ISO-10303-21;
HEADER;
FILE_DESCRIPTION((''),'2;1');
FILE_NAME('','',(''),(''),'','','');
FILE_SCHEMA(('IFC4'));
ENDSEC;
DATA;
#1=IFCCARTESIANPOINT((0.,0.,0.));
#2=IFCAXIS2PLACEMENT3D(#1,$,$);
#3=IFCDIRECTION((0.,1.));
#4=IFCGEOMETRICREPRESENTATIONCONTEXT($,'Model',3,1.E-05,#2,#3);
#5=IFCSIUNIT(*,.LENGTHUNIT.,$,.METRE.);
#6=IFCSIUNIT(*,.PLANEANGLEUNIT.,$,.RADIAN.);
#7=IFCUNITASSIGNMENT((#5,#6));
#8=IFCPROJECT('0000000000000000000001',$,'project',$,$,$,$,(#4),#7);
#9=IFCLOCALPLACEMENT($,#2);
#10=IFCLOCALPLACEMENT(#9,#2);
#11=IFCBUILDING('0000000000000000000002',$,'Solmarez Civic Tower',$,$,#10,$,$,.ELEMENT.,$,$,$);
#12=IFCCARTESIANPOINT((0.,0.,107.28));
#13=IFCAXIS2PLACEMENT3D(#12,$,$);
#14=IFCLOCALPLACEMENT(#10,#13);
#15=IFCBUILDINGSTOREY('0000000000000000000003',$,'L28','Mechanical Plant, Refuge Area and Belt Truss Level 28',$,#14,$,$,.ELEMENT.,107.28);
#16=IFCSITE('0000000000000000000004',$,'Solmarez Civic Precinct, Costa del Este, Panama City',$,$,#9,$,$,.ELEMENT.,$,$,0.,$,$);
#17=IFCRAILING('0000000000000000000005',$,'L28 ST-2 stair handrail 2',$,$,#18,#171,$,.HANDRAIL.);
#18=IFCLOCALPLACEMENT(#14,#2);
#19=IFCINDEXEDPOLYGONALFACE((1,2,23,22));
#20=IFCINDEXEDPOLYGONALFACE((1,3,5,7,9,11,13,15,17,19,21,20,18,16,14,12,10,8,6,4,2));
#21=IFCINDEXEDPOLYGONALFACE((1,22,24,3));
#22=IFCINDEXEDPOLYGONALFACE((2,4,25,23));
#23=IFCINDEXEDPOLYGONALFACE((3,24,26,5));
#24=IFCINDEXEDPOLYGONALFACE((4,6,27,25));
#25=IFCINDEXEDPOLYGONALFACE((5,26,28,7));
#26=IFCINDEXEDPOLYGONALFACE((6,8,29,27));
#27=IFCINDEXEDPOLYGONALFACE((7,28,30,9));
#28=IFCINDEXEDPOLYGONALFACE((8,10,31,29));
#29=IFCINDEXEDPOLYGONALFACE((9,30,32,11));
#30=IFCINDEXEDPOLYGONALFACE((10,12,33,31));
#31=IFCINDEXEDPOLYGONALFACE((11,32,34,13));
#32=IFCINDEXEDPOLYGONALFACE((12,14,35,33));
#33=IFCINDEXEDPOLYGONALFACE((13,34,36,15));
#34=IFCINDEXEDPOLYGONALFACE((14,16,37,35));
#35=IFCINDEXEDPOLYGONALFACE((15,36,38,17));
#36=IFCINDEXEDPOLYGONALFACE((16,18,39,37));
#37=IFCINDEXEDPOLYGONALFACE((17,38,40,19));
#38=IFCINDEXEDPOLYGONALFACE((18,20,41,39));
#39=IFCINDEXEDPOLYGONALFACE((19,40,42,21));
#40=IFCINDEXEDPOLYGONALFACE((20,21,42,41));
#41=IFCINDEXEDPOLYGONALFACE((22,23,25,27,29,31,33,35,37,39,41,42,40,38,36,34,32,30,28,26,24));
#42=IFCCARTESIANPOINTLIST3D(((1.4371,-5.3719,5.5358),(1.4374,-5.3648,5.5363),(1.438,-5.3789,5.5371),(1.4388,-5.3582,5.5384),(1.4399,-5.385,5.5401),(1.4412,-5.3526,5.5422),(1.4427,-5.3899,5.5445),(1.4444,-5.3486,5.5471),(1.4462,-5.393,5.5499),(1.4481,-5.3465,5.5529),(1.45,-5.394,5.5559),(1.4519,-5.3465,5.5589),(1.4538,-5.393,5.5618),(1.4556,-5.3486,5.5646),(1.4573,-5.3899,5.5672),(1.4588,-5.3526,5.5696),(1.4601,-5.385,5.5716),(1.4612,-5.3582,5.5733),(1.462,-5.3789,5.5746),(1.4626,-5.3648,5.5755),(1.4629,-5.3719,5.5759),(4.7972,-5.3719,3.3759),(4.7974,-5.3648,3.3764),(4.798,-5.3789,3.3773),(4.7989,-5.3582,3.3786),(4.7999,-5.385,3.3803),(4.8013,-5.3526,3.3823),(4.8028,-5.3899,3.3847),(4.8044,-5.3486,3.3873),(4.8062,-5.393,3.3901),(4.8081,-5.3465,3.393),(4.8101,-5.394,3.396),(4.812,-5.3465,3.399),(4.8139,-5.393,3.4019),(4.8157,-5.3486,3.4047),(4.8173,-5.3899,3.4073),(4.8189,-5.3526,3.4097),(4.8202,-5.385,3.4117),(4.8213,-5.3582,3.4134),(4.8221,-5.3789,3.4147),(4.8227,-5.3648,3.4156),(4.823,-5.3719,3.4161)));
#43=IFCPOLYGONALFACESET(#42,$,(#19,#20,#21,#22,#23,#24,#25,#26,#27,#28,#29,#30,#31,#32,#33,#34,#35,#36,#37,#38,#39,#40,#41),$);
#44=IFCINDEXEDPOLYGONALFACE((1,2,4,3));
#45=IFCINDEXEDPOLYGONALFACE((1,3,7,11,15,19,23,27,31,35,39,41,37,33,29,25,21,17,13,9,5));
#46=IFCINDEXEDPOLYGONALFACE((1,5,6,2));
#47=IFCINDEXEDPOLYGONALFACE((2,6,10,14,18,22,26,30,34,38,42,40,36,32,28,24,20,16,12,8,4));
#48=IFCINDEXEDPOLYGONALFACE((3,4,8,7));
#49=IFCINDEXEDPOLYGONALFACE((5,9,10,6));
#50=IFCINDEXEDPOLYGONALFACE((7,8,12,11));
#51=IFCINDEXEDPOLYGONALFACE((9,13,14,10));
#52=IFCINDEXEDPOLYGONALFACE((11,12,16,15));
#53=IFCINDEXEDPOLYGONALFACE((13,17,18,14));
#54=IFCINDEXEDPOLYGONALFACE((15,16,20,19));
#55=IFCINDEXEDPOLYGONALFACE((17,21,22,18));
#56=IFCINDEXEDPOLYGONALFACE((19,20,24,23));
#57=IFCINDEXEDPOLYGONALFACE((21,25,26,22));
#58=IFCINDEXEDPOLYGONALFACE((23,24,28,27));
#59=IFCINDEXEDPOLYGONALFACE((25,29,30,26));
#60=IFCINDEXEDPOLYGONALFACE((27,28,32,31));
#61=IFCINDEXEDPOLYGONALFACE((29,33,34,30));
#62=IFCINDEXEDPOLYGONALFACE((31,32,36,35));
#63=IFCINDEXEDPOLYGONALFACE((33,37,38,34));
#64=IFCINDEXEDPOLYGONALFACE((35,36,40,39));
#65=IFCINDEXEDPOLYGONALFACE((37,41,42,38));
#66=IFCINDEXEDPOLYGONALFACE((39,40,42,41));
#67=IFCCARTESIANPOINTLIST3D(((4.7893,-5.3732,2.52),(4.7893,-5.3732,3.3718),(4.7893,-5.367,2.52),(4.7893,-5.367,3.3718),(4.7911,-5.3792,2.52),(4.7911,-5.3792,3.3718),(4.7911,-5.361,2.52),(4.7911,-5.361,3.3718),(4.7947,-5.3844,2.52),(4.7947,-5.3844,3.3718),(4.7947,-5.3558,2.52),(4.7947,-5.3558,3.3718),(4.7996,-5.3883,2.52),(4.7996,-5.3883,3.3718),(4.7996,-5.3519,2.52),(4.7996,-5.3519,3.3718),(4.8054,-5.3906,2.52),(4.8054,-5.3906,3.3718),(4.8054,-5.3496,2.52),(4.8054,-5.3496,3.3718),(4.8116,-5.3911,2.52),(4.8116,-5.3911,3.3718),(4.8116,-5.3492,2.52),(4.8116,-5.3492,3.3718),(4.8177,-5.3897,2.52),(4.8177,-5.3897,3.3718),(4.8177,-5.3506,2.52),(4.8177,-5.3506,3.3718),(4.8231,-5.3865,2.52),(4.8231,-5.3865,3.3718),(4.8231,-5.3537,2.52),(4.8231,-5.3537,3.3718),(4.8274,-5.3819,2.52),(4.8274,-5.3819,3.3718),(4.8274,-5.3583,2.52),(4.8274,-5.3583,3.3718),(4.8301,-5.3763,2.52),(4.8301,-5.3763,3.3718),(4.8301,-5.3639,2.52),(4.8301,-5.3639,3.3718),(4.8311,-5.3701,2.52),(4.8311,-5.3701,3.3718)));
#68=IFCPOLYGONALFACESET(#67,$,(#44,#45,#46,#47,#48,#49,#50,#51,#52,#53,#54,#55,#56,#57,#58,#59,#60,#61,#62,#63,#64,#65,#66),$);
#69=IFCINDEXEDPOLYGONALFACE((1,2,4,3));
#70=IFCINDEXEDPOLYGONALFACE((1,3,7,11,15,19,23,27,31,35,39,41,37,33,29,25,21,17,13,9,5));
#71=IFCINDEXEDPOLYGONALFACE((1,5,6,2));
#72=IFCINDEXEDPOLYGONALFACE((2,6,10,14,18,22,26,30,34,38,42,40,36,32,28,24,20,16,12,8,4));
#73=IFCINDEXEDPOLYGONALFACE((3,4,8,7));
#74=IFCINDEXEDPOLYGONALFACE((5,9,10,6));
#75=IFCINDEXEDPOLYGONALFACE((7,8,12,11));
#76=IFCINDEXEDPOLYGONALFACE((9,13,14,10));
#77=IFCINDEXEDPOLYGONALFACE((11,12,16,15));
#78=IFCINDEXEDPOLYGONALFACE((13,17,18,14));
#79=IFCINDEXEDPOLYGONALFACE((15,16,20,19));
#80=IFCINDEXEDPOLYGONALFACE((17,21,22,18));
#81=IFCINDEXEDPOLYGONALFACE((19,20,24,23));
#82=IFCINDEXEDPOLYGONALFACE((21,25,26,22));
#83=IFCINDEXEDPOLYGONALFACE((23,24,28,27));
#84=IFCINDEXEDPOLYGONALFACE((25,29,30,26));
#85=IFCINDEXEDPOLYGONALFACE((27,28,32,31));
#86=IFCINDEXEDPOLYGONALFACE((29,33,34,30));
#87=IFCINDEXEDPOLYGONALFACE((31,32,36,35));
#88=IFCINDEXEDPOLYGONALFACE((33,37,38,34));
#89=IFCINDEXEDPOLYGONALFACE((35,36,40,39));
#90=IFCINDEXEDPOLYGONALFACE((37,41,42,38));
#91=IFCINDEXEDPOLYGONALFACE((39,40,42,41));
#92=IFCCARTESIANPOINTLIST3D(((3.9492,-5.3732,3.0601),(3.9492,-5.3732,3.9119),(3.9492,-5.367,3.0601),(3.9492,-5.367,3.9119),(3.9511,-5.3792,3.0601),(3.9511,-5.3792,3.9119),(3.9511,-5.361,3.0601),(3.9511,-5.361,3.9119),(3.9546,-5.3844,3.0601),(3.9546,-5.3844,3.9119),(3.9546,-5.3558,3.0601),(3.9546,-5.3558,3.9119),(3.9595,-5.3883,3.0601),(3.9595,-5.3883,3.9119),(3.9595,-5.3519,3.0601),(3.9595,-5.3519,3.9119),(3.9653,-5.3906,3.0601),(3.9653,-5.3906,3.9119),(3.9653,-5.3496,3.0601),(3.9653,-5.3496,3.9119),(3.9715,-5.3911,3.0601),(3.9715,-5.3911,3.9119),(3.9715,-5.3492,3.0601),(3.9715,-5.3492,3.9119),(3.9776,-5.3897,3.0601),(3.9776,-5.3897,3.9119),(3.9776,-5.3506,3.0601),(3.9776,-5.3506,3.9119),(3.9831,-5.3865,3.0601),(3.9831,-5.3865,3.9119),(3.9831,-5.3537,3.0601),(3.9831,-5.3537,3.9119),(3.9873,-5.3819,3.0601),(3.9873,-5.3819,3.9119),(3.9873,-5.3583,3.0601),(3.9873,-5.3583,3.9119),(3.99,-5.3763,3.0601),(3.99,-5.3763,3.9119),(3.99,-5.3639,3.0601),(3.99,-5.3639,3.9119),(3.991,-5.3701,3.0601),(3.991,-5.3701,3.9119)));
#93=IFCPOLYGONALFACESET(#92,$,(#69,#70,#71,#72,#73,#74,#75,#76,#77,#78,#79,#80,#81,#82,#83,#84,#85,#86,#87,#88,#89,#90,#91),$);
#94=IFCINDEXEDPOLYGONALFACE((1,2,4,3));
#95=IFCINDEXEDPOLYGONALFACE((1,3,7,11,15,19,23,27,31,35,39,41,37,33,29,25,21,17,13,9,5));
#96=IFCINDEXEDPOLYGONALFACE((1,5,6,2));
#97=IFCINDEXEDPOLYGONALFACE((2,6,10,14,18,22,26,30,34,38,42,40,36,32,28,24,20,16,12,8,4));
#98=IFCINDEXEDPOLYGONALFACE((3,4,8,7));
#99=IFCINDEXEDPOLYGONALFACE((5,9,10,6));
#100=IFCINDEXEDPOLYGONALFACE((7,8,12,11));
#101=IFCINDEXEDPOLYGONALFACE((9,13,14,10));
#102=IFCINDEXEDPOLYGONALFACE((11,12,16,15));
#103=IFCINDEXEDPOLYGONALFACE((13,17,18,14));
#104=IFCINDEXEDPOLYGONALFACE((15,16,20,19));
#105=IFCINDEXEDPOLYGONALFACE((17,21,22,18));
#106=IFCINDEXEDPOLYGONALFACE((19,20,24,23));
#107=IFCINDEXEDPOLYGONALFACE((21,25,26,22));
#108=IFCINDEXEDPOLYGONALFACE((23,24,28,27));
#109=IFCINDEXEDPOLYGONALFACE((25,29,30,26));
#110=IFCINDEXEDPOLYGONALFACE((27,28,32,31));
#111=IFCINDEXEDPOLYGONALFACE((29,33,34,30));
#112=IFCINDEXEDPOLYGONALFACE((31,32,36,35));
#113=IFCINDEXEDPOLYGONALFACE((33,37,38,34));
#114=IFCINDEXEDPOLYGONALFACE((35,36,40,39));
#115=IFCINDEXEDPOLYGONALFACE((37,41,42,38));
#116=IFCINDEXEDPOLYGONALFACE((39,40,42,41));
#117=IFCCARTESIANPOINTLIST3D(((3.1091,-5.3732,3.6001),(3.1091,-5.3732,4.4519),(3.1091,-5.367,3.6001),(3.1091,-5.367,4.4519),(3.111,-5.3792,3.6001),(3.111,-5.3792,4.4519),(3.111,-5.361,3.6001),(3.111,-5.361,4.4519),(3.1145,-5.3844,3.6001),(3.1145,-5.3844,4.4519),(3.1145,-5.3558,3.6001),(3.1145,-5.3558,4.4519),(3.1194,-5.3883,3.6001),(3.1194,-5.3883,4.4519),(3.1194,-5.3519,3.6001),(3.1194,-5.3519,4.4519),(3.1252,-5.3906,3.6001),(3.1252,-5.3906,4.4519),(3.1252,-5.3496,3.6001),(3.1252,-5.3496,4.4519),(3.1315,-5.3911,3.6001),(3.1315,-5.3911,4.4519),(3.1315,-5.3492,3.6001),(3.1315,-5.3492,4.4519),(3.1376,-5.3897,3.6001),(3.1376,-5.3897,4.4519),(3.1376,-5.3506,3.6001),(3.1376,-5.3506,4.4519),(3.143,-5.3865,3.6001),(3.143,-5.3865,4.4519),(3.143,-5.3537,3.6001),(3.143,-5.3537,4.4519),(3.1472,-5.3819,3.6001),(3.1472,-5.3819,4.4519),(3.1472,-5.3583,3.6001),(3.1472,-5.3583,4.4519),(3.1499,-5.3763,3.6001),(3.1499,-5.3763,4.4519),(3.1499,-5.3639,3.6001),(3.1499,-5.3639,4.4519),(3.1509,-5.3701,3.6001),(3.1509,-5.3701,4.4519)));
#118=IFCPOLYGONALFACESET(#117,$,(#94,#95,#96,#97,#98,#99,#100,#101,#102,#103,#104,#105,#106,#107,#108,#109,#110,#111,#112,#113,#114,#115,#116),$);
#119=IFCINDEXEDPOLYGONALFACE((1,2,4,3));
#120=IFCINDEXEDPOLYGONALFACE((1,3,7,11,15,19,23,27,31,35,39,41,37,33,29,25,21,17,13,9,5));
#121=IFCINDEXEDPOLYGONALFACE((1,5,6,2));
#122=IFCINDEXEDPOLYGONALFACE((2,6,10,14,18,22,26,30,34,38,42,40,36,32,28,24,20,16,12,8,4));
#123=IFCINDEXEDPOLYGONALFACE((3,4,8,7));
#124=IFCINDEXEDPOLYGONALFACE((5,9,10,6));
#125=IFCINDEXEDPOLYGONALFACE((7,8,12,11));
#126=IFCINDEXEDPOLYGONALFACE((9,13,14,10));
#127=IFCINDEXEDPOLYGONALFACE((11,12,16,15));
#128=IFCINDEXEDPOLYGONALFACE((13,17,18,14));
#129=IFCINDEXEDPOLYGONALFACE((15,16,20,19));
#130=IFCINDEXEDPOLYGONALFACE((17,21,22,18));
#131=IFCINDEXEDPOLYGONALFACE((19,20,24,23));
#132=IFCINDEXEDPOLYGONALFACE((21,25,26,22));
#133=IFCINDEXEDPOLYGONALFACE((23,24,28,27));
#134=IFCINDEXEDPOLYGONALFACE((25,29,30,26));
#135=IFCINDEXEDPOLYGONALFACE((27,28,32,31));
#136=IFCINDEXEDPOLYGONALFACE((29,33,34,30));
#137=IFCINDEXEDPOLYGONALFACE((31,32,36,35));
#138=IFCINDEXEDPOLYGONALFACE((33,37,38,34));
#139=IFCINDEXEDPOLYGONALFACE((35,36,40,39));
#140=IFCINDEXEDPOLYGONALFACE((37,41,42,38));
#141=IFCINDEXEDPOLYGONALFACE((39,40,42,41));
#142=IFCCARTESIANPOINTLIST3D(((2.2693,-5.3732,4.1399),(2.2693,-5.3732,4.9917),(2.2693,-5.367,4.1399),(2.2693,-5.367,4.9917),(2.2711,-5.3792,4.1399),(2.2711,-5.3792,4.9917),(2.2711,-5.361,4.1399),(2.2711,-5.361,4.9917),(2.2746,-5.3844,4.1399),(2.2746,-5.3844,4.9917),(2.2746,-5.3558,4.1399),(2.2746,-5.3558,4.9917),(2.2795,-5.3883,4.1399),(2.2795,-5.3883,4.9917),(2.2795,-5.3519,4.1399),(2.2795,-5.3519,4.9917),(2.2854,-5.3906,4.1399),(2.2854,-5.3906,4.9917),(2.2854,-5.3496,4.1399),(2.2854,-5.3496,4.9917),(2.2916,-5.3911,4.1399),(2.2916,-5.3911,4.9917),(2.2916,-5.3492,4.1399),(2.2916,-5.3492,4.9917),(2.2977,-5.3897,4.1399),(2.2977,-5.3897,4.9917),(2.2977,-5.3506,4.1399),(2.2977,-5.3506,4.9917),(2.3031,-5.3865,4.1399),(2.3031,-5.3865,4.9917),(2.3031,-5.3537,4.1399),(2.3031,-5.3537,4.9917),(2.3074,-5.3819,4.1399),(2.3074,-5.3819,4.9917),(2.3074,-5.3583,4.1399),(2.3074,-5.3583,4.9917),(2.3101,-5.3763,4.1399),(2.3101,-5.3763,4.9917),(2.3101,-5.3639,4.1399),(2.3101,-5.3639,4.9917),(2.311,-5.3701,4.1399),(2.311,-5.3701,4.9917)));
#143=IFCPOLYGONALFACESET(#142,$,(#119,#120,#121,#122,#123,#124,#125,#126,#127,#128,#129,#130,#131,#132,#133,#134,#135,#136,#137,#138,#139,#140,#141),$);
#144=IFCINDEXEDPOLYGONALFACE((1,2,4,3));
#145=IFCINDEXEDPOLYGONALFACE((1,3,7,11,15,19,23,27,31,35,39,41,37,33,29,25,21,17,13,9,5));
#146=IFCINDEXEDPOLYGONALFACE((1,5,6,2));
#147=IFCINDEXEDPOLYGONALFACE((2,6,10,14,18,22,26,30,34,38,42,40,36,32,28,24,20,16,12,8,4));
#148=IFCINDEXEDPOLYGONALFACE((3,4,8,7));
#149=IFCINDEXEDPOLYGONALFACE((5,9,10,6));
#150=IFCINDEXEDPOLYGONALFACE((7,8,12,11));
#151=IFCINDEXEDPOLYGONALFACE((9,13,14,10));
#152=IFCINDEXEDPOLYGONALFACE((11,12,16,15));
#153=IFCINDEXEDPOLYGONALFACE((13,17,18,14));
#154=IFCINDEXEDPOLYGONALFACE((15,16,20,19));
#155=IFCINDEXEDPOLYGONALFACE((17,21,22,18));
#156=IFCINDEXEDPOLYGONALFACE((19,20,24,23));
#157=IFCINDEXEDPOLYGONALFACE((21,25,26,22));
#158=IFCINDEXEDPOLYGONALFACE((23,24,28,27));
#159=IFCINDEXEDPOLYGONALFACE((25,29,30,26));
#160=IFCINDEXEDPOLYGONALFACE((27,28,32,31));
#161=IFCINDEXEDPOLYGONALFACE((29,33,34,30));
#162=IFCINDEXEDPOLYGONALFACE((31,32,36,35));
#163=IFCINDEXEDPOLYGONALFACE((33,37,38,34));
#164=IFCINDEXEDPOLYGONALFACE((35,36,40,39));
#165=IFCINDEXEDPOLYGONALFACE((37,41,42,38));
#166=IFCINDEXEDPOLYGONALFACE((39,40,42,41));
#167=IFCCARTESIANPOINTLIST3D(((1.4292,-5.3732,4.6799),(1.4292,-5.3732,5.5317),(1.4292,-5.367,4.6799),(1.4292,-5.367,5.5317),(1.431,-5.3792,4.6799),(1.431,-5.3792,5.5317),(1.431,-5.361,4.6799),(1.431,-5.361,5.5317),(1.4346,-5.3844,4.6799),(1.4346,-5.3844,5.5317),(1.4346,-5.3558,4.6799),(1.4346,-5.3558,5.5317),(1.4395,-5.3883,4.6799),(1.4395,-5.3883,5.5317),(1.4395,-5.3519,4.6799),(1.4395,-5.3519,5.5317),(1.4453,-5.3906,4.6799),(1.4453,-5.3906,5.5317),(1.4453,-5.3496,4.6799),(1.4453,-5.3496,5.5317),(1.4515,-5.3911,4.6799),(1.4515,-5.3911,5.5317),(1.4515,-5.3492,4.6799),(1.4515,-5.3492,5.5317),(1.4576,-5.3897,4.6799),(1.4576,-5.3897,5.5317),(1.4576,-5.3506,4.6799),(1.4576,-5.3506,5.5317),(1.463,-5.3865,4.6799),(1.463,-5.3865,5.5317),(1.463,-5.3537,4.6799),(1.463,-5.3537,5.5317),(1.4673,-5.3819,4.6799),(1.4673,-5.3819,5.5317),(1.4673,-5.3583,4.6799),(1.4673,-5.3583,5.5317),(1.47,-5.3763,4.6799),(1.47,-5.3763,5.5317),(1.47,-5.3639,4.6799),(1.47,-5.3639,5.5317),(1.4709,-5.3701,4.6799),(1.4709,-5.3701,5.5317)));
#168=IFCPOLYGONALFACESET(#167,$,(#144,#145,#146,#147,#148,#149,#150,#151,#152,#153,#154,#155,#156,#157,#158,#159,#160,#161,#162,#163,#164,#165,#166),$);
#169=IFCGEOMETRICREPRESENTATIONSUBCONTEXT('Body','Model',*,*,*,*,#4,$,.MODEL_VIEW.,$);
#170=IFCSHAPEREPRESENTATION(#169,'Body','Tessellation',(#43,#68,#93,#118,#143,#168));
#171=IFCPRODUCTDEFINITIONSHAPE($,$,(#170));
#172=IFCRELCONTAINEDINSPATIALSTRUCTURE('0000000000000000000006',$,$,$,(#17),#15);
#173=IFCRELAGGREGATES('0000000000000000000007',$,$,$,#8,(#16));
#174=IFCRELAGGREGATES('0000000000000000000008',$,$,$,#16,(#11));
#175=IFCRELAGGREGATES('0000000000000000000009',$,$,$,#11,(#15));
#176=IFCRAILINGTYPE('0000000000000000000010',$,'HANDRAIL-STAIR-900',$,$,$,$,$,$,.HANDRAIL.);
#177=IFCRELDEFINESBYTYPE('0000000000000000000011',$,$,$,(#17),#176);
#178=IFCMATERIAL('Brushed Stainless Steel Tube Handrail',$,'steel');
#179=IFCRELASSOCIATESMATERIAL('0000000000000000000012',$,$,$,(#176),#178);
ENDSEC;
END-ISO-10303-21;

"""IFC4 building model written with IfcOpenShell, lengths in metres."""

from ifc_helpers import new_model, si_unit, direction, frame, origin, origin_2d, place, context, subcontext, project, spatial, circle, extrude, material, type_object, element, save


model = new_model("IFC4")

# Units and contexts
model_context = context("Model", 3, precision=1e-05, world=origin(), true_north=direction((0.0, 1.0)))
body_context = subcontext(model_context, "Body", "Model", "MODEL_VIEW")
ifc_project = project(units=[si_unit("LENGTHUNIT", "METRE"), si_unit("PLANEANGLEUNIT", "RADIAN")], contexts=[model_context])

# Site, building, storey
site_placement = place(None, origin())
site = spatial("IfcSite", under=ifc_project, at=site_placement, Name="Solmarez Civic Precinct, Costa del Este, Panama City", CompositionType="ELEMENT", RefElevation=0.0)
building_placement = place(site_placement, origin())
building = spatial("IfcBuilding", under=site, at=building_placement, Name="Solmarez Civic Tower", CompositionType="ELEMENT")
storey_placement = place(building_placement, frame((0.0, 0.0, 107.28)))
storey = spatial("IfcBuildingStorey", under=building, at=storey_placement, Name="L28", Description="Mechanical Plant, Refuge Area and Belt Truss Level 28", CompositionType="ELEMENT", Elevation=107.28)

# Railing
ifc_material_1 = material(Name="Brushed Stainless Steel Tube Handrail", Category="steel")
railing_type_1 = type_object("IfcRailingType", Name="HANDRAIL-STAIR-900", PredefinedType="HANDRAIL", material=ifc_material_1)
railing_1_placement = place(storey_placement, frame((4.8101, -5.3701, 2.52)))
element("IfcRailing", 1, at=railing_1_placement, inside=storey, type_object=railing_type_1, Name="L28 ST-2 stair handrail 2", PredefinedType="HANDRAIL", context=body_context, shape_type="SweptSolid", body=[
    extrude(circle(Radius=0.0239, at=origin_2d()), frame((0.0, 0.0, 0.876), z_axis=(-0.841196, 0.0, 0.54073), x_axis=(0.0, -1.0, 0.0)), (0.0, 0.0, 1.0), 3.9944),
    extrude(circle(Radius=0.021, at=origin_2d()), origin(), (0.0, 0.0, 1.0), 0.8518),
    extrude(circle(Radius=0.021, at=origin_2d()), frame((-0.8401, 0.0, 0.54)), (0.0, 0.0, 1.0), 0.8518),
    extrude(circle(Radius=0.021, at=origin_2d()), frame((-1.6802, 0.0, 1.0801)), (0.0, 0.0, 1.0), 0.8518),
    extrude(circle(Radius=0.021, at=origin_2d()), frame((-2.52, 0.0, 1.6199)), (0.0, 0.0, 1.0), 0.8518),
    extrude(circle(Radius=0.021, at=origin_2d()), frame((-3.3601, 0.0, 2.1599)), (0.0, 0.0, 1.0), 0.8518),
])

save(model, "model.ifc")
